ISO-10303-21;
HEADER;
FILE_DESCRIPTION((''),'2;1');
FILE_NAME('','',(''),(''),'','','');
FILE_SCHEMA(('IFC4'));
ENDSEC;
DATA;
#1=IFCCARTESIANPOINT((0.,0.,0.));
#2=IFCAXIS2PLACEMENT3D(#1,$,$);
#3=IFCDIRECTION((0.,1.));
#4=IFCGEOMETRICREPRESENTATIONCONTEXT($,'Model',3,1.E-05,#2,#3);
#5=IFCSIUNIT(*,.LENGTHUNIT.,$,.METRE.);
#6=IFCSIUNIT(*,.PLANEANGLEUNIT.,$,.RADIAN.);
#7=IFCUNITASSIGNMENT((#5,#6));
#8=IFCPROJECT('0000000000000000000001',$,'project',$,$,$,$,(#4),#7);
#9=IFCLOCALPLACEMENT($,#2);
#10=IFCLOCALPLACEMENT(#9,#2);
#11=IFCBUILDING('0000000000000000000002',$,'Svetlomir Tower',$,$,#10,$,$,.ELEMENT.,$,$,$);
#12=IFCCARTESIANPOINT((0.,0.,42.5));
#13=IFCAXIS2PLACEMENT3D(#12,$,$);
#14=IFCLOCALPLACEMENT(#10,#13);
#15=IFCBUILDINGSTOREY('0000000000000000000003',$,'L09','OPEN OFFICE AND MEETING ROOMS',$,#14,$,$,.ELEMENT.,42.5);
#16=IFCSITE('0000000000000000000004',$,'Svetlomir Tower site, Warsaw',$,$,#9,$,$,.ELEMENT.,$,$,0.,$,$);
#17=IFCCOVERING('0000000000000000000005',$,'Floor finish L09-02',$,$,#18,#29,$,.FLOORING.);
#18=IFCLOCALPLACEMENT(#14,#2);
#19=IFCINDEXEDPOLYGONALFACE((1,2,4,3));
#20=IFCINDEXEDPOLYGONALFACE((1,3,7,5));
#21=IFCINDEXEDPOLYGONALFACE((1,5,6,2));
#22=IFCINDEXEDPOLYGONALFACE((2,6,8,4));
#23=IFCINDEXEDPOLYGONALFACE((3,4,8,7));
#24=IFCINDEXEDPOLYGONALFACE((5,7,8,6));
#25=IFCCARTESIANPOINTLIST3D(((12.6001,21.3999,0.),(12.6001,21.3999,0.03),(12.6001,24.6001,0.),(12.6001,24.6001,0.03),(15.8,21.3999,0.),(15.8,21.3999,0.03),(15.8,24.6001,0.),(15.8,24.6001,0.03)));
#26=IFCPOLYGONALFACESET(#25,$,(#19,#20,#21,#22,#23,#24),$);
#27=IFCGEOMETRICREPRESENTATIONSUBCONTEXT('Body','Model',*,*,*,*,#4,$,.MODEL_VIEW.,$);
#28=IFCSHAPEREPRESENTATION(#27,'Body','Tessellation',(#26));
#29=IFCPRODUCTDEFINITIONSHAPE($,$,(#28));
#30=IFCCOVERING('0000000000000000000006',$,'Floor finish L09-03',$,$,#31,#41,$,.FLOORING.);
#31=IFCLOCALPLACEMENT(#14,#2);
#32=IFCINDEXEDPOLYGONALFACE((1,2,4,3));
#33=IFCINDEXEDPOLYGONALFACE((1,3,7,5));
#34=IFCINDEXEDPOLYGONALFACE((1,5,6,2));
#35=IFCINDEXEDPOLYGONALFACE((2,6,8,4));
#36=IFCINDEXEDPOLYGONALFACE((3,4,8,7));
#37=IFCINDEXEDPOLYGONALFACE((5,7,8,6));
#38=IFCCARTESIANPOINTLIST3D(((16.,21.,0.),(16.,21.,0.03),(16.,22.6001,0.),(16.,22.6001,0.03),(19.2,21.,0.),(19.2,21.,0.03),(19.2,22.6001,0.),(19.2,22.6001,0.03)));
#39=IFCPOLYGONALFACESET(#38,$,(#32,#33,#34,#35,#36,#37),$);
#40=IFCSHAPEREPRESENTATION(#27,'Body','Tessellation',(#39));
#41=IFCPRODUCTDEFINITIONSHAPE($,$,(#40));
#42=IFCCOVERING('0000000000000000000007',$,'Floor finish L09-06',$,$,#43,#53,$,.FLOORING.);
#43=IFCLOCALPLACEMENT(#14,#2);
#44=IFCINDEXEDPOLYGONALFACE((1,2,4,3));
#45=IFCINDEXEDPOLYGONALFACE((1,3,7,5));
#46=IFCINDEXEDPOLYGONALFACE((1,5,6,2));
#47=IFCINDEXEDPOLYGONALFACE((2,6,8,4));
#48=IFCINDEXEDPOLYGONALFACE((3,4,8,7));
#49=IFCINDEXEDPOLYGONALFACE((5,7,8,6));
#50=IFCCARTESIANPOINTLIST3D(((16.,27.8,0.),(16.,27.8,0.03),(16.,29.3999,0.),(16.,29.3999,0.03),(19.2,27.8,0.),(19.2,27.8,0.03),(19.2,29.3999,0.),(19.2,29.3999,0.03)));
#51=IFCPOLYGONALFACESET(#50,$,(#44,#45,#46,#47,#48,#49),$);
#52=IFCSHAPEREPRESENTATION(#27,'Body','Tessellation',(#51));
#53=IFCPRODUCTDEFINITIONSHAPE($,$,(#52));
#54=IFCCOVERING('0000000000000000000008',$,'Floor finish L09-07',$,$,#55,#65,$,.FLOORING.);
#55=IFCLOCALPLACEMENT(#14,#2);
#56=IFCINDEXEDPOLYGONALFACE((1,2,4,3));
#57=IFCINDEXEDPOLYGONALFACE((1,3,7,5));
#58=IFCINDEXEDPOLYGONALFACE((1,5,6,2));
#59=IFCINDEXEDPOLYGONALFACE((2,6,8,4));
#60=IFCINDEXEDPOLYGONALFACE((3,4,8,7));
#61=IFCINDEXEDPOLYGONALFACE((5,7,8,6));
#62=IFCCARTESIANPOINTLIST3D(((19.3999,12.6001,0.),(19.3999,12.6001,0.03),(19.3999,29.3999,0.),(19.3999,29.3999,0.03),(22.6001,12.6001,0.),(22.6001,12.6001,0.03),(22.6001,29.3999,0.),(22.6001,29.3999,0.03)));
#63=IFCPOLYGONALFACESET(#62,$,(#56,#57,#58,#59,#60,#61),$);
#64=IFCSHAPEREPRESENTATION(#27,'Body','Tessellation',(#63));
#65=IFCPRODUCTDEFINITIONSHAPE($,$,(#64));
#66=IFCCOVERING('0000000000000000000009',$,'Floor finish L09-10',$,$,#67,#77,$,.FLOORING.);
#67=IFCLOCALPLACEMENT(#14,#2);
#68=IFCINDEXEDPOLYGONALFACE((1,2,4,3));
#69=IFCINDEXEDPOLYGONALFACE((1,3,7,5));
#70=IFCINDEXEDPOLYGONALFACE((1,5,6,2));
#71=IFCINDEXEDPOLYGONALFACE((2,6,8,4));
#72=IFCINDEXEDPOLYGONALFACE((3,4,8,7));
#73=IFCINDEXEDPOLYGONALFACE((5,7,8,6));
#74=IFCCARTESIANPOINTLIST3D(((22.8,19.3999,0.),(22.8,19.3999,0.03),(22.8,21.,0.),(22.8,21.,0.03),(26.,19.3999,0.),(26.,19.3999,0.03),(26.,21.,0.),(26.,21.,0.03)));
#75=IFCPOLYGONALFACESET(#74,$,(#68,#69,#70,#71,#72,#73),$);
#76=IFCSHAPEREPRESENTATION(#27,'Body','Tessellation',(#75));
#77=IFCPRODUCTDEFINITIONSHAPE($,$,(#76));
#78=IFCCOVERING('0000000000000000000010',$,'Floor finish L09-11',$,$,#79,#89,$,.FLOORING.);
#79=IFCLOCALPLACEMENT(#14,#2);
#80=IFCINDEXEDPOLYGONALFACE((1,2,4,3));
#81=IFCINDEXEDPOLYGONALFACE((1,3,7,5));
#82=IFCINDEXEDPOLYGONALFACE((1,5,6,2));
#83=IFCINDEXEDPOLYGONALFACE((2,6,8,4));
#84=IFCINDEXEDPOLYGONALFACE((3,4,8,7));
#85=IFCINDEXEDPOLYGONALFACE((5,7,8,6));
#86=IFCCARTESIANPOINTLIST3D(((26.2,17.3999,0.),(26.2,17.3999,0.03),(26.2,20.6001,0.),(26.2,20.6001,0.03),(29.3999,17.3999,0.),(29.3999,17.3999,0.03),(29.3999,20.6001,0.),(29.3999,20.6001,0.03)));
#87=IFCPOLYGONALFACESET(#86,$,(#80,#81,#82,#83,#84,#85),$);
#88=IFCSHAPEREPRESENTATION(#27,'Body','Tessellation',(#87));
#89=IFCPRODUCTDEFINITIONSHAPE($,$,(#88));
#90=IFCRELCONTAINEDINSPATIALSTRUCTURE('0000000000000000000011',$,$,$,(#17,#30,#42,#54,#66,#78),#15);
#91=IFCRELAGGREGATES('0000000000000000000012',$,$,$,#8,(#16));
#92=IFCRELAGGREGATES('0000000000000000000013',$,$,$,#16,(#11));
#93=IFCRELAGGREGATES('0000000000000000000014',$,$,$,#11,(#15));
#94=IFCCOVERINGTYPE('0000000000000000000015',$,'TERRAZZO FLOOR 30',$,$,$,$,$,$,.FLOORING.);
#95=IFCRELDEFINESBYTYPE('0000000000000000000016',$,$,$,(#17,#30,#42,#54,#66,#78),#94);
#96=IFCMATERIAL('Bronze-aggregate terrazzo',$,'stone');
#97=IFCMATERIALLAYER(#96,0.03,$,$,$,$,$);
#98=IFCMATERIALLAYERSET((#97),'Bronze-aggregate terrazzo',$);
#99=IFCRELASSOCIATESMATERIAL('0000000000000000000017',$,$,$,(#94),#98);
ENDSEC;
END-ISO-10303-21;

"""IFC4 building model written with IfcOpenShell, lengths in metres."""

from ifc_helpers import new_model, si_unit, direction, frame, origin, place, context, subcontext, project, spatial, polyline, outline, extrude, material, layer, layer_set, type_object, element, save


model = new_model("IFC4")

# Units and contexts
model_context = context("Model", 3, precision=1e-05, world=origin(), true_north=direction((0.0, 1.0)))
body_context = subcontext(model_context, "Body", "Model", "MODEL_VIEW")
ifc_project = project(units=[si_unit("LENGTHUNIT", "METRE"), si_unit("PLANEANGLEUNIT", "RADIAN")], contexts=[model_context])

# Site, building, storey
site_placement = place(None, origin())
site = spatial("IfcSite", under=ifc_project, at=site_placement, Name="Svetlomir Tower site, Warsaw", CompositionType="ELEMENT", RefElevation=0.0)
building_placement = place(site_placement, origin())
building = spatial("IfcBuilding", under=site, at=building_placement, Name="Svetlomir Tower", CompositionType="ELEMENT")
storey_placement = place(building_placement, frame((0.0, 0.0, 42.5)))
storey = spatial("IfcBuildingStorey", under=building, at=storey_placement, Name="L09", Description="OPEN OFFICE AND MEETING ROOMS", CompositionType="ELEMENT", Elevation=42.5)

# Coverings
ifc_material_1 = material(Name="Bronze-aggregate terrazzo", Category="stone")
ifc_layer_1 = layer(ifc_material_1, 0.03)
ifc_layer_set_1 = layer_set([ifc_layer_1], Name="Bronze-aggregate terrazzo")
covering_type_1 = type_object("IfcCoveringType", Name="TERRAZZO FLOOR 30", PredefinedType="FLOORING", material=ifc_layer_set_1)
covering_1_placement = place(storey_placement, origin())
element("IfcCovering", 1, at=covering_1_placement, inside=storey, type_object=covering_type_1, Name="Floor finish L09-02", PredefinedType="FLOORING", context=body_context, shape_type="SweptSolid", body=[
    extrude(outline(polyline([(12.6001, 21.3999), (15.8, 21.3999), (15.8, 24.6001), (12.6001, 24.6001), (12.6001, 21.3999)])), origin(), (0.0, 0.0, 1.0), 0.03),
])
covering_2_placement = place(storey_placement, origin())
element("IfcCovering", 2, at=covering_2_placement, inside=storey, type_object=covering_type_1, Name="Floor finish L09-03", PredefinedType="FLOORING", context=body_context, shape_type="SweptSolid", body=[
    extrude(outline(polyline([(16.0, 21.0), (19.2, 21.0), (19.2, 22.6001), (16.0, 22.6001), (16.0, 21.0)])), origin(), (0.0, 0.0, 1.0), 0.03),
])
covering_3_placement = place(storey_placement, origin())
element("IfcCovering", 3, at=covering_3_placement, inside=storey, type_object=covering_type_1, Name="Floor finish L09-06", PredefinedType="FLOORING", context=body_context, shape_type="SweptSolid", body=[
    extrude(outline(polyline([(16.0, 27.8), (19.2, 27.8), (19.2, 29.3999), (16.0, 29.3999), (16.0, 27.8)])), origin(), (0.0, 0.0, 1.0), 0.03),
])
covering_4_placement = place(storey_placement, origin())
element("IfcCovering", 4, at=covering_4_placement, inside=storey, type_object=covering_type_1, Name="Floor finish L09-07", PredefinedType="FLOORING", context=body_context, shape_type="SweptSolid", body=[
    extrude(outline(polyline([(19.3999, 12.6001), (22.6001, 12.6001), (22.6001, 29.3999), (19.3999, 29.3999), (19.3999, 12.6001)])), origin(), (0.0, 0.0, 1.0), 0.03),
])
covering_5_placement = place(storey_placement, origin())
element("IfcCovering", 5, at=covering_5_placement, inside=storey, type_object=covering_type_1, Name="Floor finish L09-10", PredefinedType="FLOORING", context=body_context, shape_type="SweptSolid", body=[
    extrude(outline(polyline([(22.8, 19.3999), (26.0, 19.3999), (26.0, 21.0), (22.8, 21.0), (22.8, 19.3999)])), origin(), (0.0, 0.0, 1.0), 0.03),
])
covering_6_placement = place(storey_placement, origin())
element("IfcCovering", 6, at=covering_6_placement, inside=storey, type_object=covering_type_1, Name="Floor finish L09-11", PredefinedType="FLOORING", context=body_context, shape_type="SweptSolid", body=[
    extrude(outline(polyline([(26.2, 17.3999), (29.3999, 17.3999), (29.3999, 20.6001), (26.2, 20.6001), (26.2, 17.3999)])), origin(), (0.0, 0.0, 1.0), 0.03),
])

save(model, "model.ifc")
